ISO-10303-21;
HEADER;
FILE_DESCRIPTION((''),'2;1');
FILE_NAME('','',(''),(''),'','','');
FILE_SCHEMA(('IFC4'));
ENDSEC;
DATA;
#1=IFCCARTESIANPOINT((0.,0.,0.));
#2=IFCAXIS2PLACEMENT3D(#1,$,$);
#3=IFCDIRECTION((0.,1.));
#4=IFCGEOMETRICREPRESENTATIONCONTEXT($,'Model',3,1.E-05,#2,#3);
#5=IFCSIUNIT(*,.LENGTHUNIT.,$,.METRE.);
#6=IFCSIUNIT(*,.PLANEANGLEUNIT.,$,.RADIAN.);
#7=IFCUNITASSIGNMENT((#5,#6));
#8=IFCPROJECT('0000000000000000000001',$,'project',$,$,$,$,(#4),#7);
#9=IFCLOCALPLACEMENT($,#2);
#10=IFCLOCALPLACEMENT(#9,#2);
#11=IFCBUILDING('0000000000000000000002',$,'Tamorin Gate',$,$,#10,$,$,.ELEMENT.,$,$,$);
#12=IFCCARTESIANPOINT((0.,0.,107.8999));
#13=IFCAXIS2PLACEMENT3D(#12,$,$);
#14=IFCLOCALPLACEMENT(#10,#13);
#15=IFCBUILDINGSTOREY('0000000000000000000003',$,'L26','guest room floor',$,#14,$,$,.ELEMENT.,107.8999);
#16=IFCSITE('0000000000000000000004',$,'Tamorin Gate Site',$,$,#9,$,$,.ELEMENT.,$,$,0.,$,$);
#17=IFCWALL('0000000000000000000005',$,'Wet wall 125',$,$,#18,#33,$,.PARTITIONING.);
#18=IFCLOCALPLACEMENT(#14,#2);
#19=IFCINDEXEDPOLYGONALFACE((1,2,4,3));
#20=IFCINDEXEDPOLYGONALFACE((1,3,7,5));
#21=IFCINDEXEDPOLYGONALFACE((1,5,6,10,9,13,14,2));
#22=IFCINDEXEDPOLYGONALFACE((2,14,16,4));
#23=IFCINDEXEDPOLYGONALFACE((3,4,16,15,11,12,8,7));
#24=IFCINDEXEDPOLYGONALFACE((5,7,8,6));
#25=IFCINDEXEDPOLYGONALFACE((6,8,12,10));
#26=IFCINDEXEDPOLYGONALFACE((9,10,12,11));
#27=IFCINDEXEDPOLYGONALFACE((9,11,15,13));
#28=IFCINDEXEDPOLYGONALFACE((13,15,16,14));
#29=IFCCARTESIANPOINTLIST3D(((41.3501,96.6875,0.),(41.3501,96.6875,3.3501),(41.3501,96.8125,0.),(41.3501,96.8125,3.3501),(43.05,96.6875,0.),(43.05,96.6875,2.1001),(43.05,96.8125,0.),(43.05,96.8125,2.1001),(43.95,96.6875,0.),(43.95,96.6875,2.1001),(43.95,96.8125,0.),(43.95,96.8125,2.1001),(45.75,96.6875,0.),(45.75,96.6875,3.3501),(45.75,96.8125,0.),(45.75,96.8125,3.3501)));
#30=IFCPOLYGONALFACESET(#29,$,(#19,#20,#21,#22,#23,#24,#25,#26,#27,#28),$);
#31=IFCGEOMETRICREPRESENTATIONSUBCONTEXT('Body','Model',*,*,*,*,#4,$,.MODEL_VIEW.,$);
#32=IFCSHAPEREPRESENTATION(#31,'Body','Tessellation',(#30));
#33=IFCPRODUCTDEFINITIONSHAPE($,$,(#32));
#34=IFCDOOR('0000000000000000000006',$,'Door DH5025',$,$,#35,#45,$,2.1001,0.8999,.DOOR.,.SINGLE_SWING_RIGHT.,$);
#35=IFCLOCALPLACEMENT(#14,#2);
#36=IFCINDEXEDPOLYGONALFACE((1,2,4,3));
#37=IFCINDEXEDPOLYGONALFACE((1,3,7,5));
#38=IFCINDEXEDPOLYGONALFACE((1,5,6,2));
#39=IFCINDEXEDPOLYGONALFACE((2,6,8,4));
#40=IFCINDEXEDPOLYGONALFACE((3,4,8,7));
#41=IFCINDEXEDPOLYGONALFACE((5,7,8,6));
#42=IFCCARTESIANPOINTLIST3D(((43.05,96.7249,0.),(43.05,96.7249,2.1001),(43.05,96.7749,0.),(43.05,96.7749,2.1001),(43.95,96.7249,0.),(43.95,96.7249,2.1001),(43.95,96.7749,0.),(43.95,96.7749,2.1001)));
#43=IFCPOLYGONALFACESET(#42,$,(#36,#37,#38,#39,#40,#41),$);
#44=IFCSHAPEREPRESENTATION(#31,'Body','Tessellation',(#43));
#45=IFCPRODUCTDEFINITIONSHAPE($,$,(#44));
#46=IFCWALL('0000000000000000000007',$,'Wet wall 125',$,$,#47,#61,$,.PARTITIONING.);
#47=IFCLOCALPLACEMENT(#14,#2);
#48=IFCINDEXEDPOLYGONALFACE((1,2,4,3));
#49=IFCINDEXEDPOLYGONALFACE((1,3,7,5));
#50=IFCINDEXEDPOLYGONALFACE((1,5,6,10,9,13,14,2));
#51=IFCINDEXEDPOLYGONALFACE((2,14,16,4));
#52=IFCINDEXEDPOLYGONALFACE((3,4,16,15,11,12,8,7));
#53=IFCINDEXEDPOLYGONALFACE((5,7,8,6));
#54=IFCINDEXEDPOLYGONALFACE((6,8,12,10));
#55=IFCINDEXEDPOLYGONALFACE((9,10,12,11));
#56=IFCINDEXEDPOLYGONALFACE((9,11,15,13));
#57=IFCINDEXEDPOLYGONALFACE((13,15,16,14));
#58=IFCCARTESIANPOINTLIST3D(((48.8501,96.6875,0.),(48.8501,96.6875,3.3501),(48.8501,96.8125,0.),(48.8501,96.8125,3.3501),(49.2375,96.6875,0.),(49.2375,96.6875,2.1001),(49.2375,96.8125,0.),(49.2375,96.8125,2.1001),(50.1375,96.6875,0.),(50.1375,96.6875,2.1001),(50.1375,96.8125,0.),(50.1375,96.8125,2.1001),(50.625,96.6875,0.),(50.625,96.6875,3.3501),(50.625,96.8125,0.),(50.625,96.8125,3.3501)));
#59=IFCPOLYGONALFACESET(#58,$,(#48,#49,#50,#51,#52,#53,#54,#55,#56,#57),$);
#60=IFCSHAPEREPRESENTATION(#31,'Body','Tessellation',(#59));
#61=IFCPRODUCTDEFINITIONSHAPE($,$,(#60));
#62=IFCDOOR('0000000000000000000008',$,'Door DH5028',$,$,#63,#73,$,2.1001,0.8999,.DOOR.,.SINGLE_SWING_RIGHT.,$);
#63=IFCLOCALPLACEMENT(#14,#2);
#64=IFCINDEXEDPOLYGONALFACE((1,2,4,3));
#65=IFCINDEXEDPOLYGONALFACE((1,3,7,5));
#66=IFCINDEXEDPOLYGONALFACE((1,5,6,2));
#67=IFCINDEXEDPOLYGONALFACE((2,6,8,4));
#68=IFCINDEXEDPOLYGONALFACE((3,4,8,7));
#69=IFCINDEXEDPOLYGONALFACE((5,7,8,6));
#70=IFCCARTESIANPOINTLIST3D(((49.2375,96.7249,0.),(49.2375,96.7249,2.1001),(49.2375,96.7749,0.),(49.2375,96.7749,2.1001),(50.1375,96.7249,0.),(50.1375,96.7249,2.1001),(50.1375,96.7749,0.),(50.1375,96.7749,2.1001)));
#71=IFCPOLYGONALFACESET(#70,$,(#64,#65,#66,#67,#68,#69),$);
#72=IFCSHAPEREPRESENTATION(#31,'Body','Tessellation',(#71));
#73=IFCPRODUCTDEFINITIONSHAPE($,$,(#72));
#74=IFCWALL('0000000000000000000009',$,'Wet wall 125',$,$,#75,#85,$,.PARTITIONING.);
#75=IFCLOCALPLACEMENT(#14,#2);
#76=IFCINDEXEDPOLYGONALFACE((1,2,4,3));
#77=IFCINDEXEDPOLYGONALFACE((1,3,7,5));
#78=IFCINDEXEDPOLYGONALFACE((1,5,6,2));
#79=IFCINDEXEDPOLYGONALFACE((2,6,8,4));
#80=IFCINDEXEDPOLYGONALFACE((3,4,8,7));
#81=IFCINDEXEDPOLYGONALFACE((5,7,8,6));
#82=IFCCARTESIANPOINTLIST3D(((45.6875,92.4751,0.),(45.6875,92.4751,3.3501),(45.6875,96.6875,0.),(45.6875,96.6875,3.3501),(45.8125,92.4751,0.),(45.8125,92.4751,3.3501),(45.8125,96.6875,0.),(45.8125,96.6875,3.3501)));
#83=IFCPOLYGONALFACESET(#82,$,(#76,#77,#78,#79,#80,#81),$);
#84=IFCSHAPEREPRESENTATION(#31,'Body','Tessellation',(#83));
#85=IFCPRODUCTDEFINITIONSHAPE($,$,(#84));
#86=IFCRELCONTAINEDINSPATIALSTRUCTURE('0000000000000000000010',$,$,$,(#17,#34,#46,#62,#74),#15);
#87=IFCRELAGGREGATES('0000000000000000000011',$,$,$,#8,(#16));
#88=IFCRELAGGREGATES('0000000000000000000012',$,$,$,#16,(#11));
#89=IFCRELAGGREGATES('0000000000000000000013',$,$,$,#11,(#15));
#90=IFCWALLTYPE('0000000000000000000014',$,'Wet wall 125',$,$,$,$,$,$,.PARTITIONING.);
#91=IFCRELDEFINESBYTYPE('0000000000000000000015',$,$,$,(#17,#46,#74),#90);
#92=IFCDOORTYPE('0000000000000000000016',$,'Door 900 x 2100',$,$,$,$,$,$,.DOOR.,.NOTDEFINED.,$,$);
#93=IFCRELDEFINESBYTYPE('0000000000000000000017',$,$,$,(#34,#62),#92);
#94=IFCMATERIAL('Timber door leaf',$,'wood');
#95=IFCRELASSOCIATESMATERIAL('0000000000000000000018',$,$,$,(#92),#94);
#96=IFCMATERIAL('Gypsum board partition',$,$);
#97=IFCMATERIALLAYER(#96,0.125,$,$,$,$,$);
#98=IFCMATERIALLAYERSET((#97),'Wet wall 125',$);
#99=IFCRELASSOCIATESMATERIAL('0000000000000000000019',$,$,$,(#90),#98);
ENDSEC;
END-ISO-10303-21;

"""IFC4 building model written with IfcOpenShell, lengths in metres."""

from ifc_helpers import new_model, si_unit, direction, frame, frame_2d, origin, place, context, subcontext, project, spatial, rectangle, extrude, material, layer, layer_set, type_object, element, fill, save


model = new_model("IFC4")

# Units and contexts
model_context = context("Model", 3, precision=1e-05, world=origin(), true_north=direction((0.0, 1.0)))
body_context = subcontext(model_context, "Body", "Model", "MODEL_VIEW")
ifc_project = project(units=[si_unit("LENGTHUNIT", "METRE"), si_unit("PLANEANGLEUNIT", "RADIAN")], contexts=[model_context])

# Site, building, storey
site_placement = place(None, origin())
site = spatial("IfcSite", under=ifc_project, at=site_placement, Name="Tamorin Gate Site", CompositionType="ELEMENT", RefElevation=0.0)
building_placement = place(site_placement, origin())
building = spatial("IfcBuilding", under=site, at=building_placement, Name="Tamorin Gate", CompositionType="ELEMENT")
storey_placement = place(building_placement, frame((0.0, 0.0, 107.8999)))
storey = spatial("IfcBuildingStorey", under=building, at=storey_placement, Name="L26", Description="guest room floor", CompositionType="ELEMENT", Elevation=107.8999)

# Shared definitions
ifc_material_1 = material(Name="Gypsum board partition")

# Walls, openings, doors
ifc_material_2 = material(Name="Timber door leaf", Category="wood")
door_type = type_object("IfcDoorType", Name="Door 900 x 2100", OperationType="NOTDEFINED", PredefinedType="DOOR", material=ifc_material_2)
ifc_layer_1 = layer(ifc_material_1, 0.125)
ifc_layer_set_1 = layer_set([ifc_layer_1], Name="Wet wall 125")
wall_type_1 = type_object("IfcWallType", Name="Wet wall 125", PredefinedType="PARTITIONING", material=ifc_layer_set_1)
wall_1_placement = place(storey_placement, frame((41.3501, 96.75, 0.0), z_axis=(0.0, 0.0, 1.0), x_axis=(1.0, 0.0, 0.0)))
wall_1 = element("IfcWall", 1, at=wall_1_placement, inside=storey, type_object=wall_type_1, Name="Wet wall 125", PredefinedType="PARTITIONING", context=body_context, shape_type="SweptSolid", body=[
    extrude(rectangle(XDim=4.3999, YDim=0.125, at=frame_2d((2.2, 0.0))), origin(), (0.0, 0.0, 1.0), 3.3501),
])
opening_1_placement = place(wall_1_placement, frame((1.7, 0.0, 0.0)))
opening_1 = element("IfcOpeningElement", 2, at=opening_1_placement, cuts=wall_1, PredefinedType="OPENING", context=body_context, shape_type="SweptSolid", body=[
    extrude(rectangle(XDim=0.8999, YDim=2.1001, at=frame_2d((0.45, 1.05))), frame((0.0, 0.0725, 0.0), z_axis=(0.0, -1.0, 0.0), x_axis=(1.0, 0.0, 0.0)), (0.0, 0.0, 1.0), 0.145),
])
door_1_placement = place(opening_1_placement, origin())
door_1 = element("IfcDoor", 3, at=door_1_placement, inside=storey, type_object=door_type, Name="Door DH5025", OperationType="SINGLE_SWING_RIGHT", OverallHeight=2.1001, OverallWidth=0.8999, PredefinedType="DOOR", context=body_context, shape_type="SweptSolid", body=[
    extrude(rectangle(XDim=0.8999, YDim=2.1001, at=frame_2d((0.45, 1.05))), frame((0.0, 0.0249, 0.0), z_axis=(0.0, -1.0, 0.0), x_axis=(1.0, 0.0, 0.0)), (0.0, 0.0, 1.0), 0.05),
])
fill(opening_1, door_1)
wall_2_placement = place(storey_placement, frame((48.8501, 96.75, 0.0), z_axis=(0.0, 0.0, 1.0), x_axis=(1.0, 0.0, 0.0)))
wall_2 = element("IfcWall", 4, at=wall_2_placement, inside=storey, type_object=wall_type_1, Name="Wet wall 125", PredefinedType="PARTITIONING", context=body_context, shape_type="SweptSolid", body=[
    extrude(rectangle(XDim=1.7749, YDim=0.125, at=frame_2d((0.8875, 0.0))), origin(), (0.0, 0.0, 1.0), 3.3501),
])
opening_2_placement = place(wall_2_placement, frame((0.3875, 0.0, 0.0)))
opening_2 = element("IfcOpeningElement", 5, at=opening_2_placement, cuts=wall_2, PredefinedType="OPENING", context=body_context, shape_type="SweptSolid", body=[
    extrude(rectangle(XDim=0.8999, YDim=2.1001, at=frame_2d((0.45, 1.05))), frame((0.0, 0.0725, 0.0), z_axis=(0.0, -1.0, 0.0), x_axis=(1.0, 0.0, 0.0)), (0.0, 0.0, 1.0), 0.145),
])
door_2_placement = place(opening_2_placement, origin())
door_2 = element("IfcDoor", 6, at=door_2_placement, inside=storey, type_object=door_type, Name="Door DH5028", OperationType="SINGLE_SWING_RIGHT", OverallHeight=2.1001, OverallWidth=0.8999, PredefinedType="DOOR", context=body_context, shape_type="SweptSolid", body=[
    extrude(rectangle(XDim=0.8999, YDim=2.1001, at=frame_2d((0.45, 1.05))), frame((0.0, 0.0249, 0.0), z_axis=(0.0, -1.0, 0.0), x_axis=(1.0, 0.0, 0.0)), (0.0, 0.0, 1.0), 0.05),
])
fill(opening_2, door_2)

# Wall
wall_3_placement = place(storey_placement, frame((45.75, 92.4751, 0.0), z_axis=(0.0, 0.0, 1.0), x_axis=(0.0, 1.0, 0.0)))
element("IfcWall", 7, at=wall_3_placement, inside=storey, type_object=wall_type_1, Name="Wet wall 125", PredefinedType="PARTITIONING", context=body_context, shape_type="SweptSolid", body=[
    extrude(rectangle(XDim=4.2124, YDim=0.125, at=frame_2d((2.1062, 0.0))), origin(), (0.0, 0.0, 1.0), 3.3501),
])

save(model, "model.ifc")
